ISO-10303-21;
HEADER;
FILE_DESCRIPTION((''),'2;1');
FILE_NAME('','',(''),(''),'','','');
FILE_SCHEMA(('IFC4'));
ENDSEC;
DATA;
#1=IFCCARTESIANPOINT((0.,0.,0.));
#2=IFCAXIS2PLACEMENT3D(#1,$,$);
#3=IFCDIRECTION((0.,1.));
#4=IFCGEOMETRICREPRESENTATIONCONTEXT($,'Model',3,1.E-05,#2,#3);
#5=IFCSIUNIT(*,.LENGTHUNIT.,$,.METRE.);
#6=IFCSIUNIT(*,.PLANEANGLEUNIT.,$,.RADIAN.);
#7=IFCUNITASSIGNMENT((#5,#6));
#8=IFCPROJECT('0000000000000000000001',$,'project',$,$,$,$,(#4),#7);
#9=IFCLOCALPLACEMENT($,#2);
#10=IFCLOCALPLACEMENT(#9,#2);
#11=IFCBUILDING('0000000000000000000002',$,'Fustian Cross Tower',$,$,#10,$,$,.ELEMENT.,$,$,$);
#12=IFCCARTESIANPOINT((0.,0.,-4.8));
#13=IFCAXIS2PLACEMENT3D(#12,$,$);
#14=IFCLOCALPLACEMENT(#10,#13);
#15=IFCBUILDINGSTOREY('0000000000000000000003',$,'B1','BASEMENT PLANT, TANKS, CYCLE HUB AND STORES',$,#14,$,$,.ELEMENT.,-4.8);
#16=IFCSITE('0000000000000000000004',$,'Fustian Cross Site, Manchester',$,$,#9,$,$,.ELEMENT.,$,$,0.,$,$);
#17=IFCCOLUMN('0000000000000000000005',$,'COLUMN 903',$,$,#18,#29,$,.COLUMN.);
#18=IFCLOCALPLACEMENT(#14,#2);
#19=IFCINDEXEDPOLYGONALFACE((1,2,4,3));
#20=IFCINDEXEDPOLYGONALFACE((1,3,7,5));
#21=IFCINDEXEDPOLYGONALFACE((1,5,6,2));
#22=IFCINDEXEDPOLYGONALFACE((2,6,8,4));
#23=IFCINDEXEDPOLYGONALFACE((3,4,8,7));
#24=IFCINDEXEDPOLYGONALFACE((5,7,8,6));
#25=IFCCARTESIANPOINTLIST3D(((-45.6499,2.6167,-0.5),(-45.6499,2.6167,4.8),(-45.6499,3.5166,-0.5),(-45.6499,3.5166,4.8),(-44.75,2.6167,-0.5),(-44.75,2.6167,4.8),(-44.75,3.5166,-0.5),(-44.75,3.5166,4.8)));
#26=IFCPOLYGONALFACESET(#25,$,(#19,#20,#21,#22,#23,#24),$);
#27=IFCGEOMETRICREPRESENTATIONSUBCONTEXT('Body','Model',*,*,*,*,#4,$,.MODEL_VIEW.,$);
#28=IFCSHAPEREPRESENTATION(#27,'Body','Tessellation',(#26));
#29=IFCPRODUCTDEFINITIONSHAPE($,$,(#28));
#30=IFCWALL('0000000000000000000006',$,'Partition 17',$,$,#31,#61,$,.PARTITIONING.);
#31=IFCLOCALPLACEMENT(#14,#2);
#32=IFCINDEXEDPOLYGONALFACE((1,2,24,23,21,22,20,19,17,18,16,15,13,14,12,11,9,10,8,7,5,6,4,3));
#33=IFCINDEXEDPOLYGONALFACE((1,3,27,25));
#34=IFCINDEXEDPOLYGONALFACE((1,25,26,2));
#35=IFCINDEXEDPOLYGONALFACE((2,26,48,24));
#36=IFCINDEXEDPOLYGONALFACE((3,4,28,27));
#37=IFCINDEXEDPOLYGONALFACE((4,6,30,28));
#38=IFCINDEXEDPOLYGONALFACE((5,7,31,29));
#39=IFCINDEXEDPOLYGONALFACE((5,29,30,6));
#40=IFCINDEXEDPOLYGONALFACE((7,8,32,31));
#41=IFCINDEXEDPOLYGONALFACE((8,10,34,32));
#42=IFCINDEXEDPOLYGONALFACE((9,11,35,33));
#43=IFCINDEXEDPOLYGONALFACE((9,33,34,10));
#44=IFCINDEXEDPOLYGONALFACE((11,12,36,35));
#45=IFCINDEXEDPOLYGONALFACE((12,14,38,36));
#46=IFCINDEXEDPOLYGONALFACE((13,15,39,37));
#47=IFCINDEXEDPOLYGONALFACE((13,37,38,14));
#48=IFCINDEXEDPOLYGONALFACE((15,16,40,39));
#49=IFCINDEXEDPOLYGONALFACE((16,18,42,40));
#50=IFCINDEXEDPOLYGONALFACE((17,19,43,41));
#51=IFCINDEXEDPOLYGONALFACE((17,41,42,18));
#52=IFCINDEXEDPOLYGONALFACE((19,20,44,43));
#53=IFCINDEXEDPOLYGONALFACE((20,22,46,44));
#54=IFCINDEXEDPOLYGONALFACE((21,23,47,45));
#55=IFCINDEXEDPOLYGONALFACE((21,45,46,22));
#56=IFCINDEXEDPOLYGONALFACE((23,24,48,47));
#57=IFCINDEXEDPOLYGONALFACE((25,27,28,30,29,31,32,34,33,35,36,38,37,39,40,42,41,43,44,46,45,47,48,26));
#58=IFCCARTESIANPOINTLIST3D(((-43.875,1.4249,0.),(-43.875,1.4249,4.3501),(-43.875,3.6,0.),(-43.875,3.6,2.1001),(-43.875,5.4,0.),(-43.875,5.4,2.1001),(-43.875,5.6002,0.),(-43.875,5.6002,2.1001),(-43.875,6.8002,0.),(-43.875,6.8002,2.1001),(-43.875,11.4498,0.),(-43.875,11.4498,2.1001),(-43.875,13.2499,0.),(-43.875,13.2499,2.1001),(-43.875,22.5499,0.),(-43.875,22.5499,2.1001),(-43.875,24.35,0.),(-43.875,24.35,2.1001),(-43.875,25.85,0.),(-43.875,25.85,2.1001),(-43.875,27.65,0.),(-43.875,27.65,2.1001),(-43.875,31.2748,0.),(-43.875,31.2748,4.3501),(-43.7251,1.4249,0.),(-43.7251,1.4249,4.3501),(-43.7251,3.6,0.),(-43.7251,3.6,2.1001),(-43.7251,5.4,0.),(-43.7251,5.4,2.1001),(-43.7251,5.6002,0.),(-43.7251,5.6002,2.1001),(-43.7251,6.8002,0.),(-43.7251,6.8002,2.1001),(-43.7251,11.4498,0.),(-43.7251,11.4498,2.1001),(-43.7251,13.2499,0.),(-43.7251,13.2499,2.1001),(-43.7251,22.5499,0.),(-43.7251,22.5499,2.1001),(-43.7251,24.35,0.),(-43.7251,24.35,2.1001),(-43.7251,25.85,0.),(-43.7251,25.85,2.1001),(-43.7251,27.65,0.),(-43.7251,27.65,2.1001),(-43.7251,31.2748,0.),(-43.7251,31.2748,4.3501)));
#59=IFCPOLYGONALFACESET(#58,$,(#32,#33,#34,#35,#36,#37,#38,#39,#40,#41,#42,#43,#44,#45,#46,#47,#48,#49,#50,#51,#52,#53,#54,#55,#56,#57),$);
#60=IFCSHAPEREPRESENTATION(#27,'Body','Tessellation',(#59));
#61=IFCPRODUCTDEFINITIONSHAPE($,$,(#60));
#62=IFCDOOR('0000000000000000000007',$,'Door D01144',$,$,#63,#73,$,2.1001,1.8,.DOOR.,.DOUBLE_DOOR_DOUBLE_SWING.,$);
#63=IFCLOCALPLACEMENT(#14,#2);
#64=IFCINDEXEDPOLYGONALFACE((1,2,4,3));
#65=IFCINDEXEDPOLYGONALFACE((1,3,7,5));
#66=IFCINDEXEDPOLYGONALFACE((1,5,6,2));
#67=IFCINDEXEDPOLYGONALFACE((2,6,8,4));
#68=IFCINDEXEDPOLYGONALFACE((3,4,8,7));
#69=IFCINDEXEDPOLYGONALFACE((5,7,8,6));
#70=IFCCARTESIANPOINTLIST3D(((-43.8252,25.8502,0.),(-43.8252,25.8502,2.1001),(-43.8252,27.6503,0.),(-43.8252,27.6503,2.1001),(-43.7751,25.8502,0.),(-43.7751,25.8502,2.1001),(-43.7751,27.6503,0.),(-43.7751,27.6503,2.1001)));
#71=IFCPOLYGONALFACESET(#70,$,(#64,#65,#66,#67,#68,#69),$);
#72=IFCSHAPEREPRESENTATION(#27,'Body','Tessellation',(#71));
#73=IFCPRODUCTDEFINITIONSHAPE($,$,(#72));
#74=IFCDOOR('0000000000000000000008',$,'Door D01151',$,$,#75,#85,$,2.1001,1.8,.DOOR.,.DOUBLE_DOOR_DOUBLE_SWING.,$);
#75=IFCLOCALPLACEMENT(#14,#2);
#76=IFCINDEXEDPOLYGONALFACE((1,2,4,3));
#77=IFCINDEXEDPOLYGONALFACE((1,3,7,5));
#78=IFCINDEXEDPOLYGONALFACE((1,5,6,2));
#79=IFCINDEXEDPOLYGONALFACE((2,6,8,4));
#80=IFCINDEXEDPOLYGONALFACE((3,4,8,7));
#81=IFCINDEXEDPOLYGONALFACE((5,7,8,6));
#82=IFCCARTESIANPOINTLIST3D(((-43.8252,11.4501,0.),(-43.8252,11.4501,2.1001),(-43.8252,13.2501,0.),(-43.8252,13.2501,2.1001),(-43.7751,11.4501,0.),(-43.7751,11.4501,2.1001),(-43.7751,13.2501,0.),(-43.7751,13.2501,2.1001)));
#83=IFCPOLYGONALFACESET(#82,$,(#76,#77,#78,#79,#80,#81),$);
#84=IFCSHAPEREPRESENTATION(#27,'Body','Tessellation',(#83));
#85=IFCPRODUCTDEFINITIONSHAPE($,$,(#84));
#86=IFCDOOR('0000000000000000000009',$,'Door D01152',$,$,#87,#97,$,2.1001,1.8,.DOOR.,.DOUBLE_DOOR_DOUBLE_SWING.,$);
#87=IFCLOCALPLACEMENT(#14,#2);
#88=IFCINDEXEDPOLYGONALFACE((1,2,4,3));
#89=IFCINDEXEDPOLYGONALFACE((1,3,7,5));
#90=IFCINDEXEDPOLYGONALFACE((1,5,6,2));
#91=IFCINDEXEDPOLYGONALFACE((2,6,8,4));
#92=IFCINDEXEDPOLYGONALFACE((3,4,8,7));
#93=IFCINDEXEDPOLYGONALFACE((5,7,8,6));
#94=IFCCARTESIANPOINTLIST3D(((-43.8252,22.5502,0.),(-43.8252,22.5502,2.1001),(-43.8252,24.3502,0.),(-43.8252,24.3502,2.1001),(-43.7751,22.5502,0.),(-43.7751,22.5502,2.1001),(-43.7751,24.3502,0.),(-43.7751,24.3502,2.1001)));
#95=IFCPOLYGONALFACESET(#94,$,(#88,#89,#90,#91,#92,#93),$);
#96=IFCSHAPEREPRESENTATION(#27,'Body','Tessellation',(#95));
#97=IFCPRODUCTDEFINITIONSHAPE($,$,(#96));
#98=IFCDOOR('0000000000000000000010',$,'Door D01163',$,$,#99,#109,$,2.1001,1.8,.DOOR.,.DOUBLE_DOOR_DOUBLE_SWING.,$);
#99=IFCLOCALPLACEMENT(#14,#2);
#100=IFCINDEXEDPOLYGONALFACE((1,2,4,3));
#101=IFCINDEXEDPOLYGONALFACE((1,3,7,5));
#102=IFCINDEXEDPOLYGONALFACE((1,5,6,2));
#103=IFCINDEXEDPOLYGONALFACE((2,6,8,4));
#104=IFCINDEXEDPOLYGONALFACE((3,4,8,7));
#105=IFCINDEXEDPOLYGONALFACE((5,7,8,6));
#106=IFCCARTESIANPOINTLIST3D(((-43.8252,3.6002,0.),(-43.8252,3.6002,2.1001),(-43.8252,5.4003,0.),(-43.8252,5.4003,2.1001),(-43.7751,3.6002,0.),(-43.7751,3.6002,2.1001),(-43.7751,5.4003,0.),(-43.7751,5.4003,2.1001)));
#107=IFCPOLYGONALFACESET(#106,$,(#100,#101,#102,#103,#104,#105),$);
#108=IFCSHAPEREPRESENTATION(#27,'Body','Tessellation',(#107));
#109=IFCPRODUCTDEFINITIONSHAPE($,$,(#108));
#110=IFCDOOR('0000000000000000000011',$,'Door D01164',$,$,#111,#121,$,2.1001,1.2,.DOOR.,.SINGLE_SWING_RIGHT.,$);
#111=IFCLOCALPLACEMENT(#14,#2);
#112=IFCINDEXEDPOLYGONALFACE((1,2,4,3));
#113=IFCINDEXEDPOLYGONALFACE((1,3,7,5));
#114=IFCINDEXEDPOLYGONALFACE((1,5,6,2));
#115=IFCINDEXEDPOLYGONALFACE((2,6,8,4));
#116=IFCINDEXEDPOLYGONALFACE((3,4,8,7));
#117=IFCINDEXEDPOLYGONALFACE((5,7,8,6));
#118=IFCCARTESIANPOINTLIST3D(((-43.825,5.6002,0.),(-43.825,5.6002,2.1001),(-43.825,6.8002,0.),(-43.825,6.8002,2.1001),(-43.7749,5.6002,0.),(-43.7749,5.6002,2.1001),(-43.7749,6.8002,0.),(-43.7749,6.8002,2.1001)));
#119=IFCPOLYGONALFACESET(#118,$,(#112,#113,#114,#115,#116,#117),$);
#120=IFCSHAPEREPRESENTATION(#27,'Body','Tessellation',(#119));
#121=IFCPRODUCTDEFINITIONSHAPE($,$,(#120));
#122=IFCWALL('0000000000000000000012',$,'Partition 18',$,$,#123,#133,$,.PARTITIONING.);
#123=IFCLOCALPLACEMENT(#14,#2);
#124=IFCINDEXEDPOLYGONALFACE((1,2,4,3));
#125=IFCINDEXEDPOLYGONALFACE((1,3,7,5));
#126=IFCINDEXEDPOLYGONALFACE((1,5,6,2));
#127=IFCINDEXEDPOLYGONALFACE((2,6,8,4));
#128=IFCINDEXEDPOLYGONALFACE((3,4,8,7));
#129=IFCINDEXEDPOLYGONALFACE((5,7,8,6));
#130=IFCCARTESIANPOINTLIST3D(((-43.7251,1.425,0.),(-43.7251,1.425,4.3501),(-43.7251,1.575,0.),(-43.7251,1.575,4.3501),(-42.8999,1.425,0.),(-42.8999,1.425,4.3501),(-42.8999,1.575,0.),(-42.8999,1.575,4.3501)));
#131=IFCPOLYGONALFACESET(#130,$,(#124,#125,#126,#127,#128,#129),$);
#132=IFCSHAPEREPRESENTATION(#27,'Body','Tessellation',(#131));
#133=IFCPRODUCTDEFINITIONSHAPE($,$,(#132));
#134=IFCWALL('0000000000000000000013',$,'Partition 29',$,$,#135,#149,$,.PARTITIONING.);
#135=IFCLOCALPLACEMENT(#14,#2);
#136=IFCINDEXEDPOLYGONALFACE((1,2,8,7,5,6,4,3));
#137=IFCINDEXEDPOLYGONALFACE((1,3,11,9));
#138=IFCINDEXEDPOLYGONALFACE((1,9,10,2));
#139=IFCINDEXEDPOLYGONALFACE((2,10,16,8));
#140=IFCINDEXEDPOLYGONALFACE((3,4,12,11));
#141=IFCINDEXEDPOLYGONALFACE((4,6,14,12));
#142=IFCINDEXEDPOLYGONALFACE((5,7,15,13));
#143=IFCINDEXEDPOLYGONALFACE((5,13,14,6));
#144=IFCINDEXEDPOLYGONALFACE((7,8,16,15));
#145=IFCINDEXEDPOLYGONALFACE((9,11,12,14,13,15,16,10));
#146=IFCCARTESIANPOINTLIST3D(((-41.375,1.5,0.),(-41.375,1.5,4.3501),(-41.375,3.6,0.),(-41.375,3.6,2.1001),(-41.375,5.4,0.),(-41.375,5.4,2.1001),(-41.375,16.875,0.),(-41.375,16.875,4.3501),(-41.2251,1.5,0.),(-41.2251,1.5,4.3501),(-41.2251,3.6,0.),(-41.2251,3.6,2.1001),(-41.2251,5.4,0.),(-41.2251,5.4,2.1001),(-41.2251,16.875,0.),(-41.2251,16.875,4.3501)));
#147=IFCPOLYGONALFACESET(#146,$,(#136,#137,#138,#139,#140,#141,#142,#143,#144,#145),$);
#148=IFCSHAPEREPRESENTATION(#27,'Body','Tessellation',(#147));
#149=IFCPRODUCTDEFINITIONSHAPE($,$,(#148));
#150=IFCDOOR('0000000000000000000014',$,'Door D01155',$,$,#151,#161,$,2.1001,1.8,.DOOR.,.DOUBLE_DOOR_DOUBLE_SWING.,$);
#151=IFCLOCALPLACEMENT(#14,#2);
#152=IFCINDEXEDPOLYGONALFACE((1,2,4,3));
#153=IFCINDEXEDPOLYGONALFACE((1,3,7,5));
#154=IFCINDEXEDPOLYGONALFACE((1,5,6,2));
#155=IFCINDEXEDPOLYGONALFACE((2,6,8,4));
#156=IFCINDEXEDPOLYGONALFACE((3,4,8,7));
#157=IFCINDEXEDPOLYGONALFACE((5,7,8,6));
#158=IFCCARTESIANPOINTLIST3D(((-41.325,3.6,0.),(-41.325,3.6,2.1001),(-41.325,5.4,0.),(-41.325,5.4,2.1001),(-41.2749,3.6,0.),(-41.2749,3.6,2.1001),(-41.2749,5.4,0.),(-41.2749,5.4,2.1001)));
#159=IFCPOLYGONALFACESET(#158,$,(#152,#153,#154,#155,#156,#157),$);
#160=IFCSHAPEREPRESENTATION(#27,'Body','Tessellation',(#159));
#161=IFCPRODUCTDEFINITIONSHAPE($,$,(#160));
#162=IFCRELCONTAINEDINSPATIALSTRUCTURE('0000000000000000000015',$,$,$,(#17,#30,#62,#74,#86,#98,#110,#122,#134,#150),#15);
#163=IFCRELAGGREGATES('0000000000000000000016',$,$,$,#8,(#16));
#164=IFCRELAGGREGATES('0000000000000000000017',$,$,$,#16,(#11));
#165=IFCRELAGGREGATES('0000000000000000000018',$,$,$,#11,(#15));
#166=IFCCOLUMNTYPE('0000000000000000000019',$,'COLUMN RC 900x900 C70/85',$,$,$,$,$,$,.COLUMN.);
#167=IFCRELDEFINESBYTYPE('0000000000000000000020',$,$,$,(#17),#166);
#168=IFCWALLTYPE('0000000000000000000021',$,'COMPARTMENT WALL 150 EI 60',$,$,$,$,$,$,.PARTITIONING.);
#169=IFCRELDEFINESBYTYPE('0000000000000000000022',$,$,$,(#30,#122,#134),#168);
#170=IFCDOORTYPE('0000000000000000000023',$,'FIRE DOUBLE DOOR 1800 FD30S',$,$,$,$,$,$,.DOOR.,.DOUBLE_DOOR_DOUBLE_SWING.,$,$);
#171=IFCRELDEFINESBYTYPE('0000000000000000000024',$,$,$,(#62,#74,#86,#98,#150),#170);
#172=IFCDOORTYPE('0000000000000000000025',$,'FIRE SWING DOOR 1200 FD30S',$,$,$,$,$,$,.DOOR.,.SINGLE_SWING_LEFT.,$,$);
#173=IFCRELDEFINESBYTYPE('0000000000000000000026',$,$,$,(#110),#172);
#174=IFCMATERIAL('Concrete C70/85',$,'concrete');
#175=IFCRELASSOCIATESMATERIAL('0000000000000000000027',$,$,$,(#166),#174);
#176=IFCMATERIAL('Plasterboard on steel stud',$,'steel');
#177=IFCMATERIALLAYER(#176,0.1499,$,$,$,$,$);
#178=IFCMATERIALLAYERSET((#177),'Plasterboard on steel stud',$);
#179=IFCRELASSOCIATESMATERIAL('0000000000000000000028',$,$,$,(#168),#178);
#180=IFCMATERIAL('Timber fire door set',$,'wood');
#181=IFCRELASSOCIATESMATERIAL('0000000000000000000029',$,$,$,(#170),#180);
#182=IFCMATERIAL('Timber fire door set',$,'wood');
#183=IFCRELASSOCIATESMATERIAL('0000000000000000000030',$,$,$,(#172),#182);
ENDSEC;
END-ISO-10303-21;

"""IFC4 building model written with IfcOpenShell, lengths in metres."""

from ifc_helpers import new_model, si_unit, direction, frame, frame_2d, origin, origin_2d, place, context, subcontext, project, spatial, rectangle, extrude, material, layer, layer_set, material_profile, profile_set, type_object, element, fill, save


model = new_model("IFC4")

# Units and contexts
model_context = context("Model", 3, precision=1e-05, world=origin(), true_north=direction((0.0, 1.0)))
body_context = subcontext(model_context, "Body", "Model", "MODEL_VIEW")
ifc_project = project(units=[si_unit("LENGTHUNIT", "METRE"), si_unit("PLANEANGLEUNIT", "RADIAN")], contexts=[model_context])

# Site, building, storey
site_placement = place(None, origin())
site = spatial("IfcSite", under=ifc_project, at=site_placement, Name="Fustian Cross Site, Manchester", CompositionType="ELEMENT", RefElevation=0.0)
building_placement = place(site_placement, origin())
building = spatial("IfcBuilding", under=site, at=building_placement, Name="Fustian Cross Tower", CompositionType="ELEMENT")
storey_placement = place(building_placement, frame((0.0, 0.0, -4.8)))
storey = spatial("IfcBuildingStorey", under=building, at=storey_placement, Name="B1", Description="BASEMENT PLANT, TANKS, CYCLE HUB AND STORES", CompositionType="ELEMENT", Elevation=-4.8)

# Column
ifc_material_1 = material(Name="Concrete C70/85", Category="concrete")
ifc_material_profile_1 = material_profile(ifc_material_1, rectangle(XDim=0.8999, YDim=0.8999, at=origin_2d()), Name="RC 900x900")
ifc_profile_set_1 = profile_set([ifc_material_profile_1], Name="Concrete C70/85")
column_type_1 = type_object("IfcColumnType", Name="COLUMN RC 900x900 C70/85", PredefinedType="COLUMN", material=ifc_profile_set_1)
for number, where, z_axis, x_axis, name in (
    (1, (-45.2, 3.0667, -0.5), (0.0, 0.0, 1.0), (1.0, 0.0, 0.0), "COLUMN 903"),
):
    element("IfcColumn", number, at=place(storey_placement, frame(where, z_axis=z_axis, x_axis=x_axis)), inside=storey, type_object=column_type_1, Name=name, PredefinedType="COLUMN", context=body_context, shape_type="SweptSolid", body=[
        extrude(rectangle(XDim=0.8999, YDim=0.8999, at=origin_2d()), origin(), (0.0, 0.0, 1.0), 5.3),
    ])

# Wall, openings, doors
ifc_material_2 = material(Name="Plasterboard on steel stud", Category="steel")
ifc_layer = layer(ifc_material_2, 0.1499)
ifc_layer_set = layer_set([ifc_layer], Name="Plasterboard on steel stud")
wall_type = type_object("IfcWallType", Name="COMPARTMENT WALL 150 EI 60", PredefinedType="PARTITIONING", material=ifc_layer_set)
wall_1_placement = place(storey_placement, frame((-43.8, 1.425, 0.0), z_axis=(0.0, 0.0, 1.0), x_axis=(0.0, 1.0, 0.0)))
wall_1 = element("IfcWall", 2, at=wall_1_placement, inside=storey, type_object=wall_type, Name="Partition 17", PredefinedType="PARTITIONING", context=body_context, shape_type="SweptSolid", body=[
    extrude(rectangle(XDim=29.8499, YDim=0.1499, at=frame_2d((14.9248, 0.0))), origin(), (0.0, 0.0, 1.0), 4.3501),
])
opening_1_placement = place(wall_1_placement, frame((24.425, 0.0, 0.0)))
opening_1 = element("IfcOpeningElement", 3, at=opening_1_placement, cuts=wall_1, PredefinedType="OPENING", context=body_context, shape_type="SweptSolid", body=[
    extrude(rectangle(XDim=1.8, YDim=2.1001, at=frame_2d((0.8999, 1.05))), frame((0.0, 0.085, 0.0), z_axis=(0.0, -1.0, 0.0), x_axis=(1.0, 0.0, 0.0)), (0.0, 0.0, 1.0), 0.1699),
])
opening_2_placement = place(wall_1_placement, frame((10.0249, 0.0, 0.0)))
opening_2 = element("IfcOpeningElement", 4, at=opening_2_placement, cuts=wall_1, PredefinedType="OPENING", context=body_context, shape_type="SweptSolid", body=[
    extrude(rectangle(XDim=1.8, YDim=2.1001, at=frame_2d((0.8999, 1.05))), frame((0.0, 0.085, 0.0), z_axis=(0.0, -1.0, 0.0), x_axis=(1.0, 0.0, 0.0)), (0.0, 0.0, 1.0), 0.1699),
])
opening_3_placement = place(wall_1_placement, frame((21.125, 0.0, 0.0)))
opening_3 = element("IfcOpeningElement", 5, at=opening_3_placement, cuts=wall_1, PredefinedType="OPENING", context=body_context, shape_type="SweptSolid", body=[
    extrude(rectangle(XDim=1.8, YDim=2.1001, at=frame_2d((0.8999, 1.05))), frame((0.0, 0.085, 0.0), z_axis=(0.0, -1.0, 0.0), x_axis=(1.0, 0.0, 0.0)), (0.0, 0.0, 1.0), 0.1699),
])
opening_4_placement = place(wall_1_placement, frame((2.175, 0.0, 0.0)))
opening_4 = element("IfcOpeningElement", 6, at=opening_4_placement, cuts=wall_1, PredefinedType="OPENING", context=body_context, shape_type="SweptSolid", body=[
    extrude(rectangle(XDim=1.8, YDim=2.1001, at=frame_2d((0.8999, 1.05))), frame((0.0, 0.085, 0.0), z_axis=(0.0, -1.0, 0.0), x_axis=(1.0, 0.0, 0.0)), (0.0, 0.0, 1.0), 0.1699),
])
opening_5_placement = place(wall_1_placement, frame((4.175, 0.0, 0.0)))
opening_5 = element("IfcOpeningElement", 7, at=opening_5_placement, cuts=wall_1, PredefinedType="OPENING", context=body_context, shape_type="SweptSolid", body=[
    extrude(rectangle(XDim=1.2, YDim=2.1001, at=frame_2d((0.6001, 1.05))), frame((0.0, 0.085, 0.0), z_axis=(0.0, -1.0, 0.0), x_axis=(1.0, 0.0, 0.0)), (0.0, 0.0, 1.0), 0.1699),
])
ifc_material_3 = material(Name="Timber fire door set", Category="wood")
door_type_1 = type_object("IfcDoorType", Name="FIRE DOUBLE DOOR 1800 FD30S", OperationType="DOUBLE_DOOR_DOUBLE_SWING", PredefinedType="DOOR", material=ifc_material_3)
door_1_placement = place(opening_1_placement, frame((1.8, 0.0, 0.0), z_axis=(0.0, 0.0, 1.0), x_axis=(-1.0, 0.0, 0.0)))
door_1 = element("IfcDoor", 8, at=door_1_placement, inside=storey, type_object=door_type_1, Name="Door D01144", OperationType="DOUBLE_DOOR_DOUBLE_SWING", OverallHeight=2.1001, OverallWidth=1.8, PredefinedType="DOOR", context=body_context, shape_type="SweptSolid", body=[
    extrude(rectangle(XDim=1.8, YDim=2.1001, at=frame_2d((0.8999, 1.05))), frame((0.0, 0.0249, 0.0), z_axis=(0.0, -1.0, 0.0), x_axis=(1.0, 0.0, 0.0)), (0.0, 0.0, 1.0), 0.05),
])
fill(opening_1, door_1)
door_2_placement = place(opening_2_placement, frame((1.8, 0.0, 0.0), z_axis=(0.0, 0.0, 1.0), x_axis=(-1.0, 0.0, 0.0)))
door_2 = element("IfcDoor", 9, at=door_2_placement, inside=storey, type_object=door_type_1, Name="Door D01151", OperationType="DOUBLE_DOOR_DOUBLE_SWING", OverallHeight=2.1001, OverallWidth=1.8, PredefinedType="DOOR", context=body_context, shape_type="SweptSolid", body=[
    extrude(rectangle(XDim=1.8, YDim=2.1001, at=frame_2d((0.8999, 1.05))), frame((0.0, 0.0249, 0.0), z_axis=(0.0, -1.0, 0.0), x_axis=(1.0, 0.0, 0.0)), (0.0, 0.0, 1.0), 0.05),
])
fill(opening_2, door_2)
door_3_placement = place(opening_3_placement, frame((1.8, 0.0, 0.0), z_axis=(0.0, 0.0, 1.0), x_axis=(-1.0, 0.0, 0.0)))
door_3 = element("IfcDoor", 10, at=door_3_placement, inside=storey, type_object=door_type_1, Name="Door D01152", OperationType="DOUBLE_DOOR_DOUBLE_SWING", OverallHeight=2.1001, OverallWidth=1.8, PredefinedType="DOOR", context=body_context, shape_type="SweptSolid", body=[
    extrude(rectangle(XDim=1.8, YDim=2.1001, at=frame_2d((0.8999, 1.05))), frame((0.0, 0.0249, 0.0), z_axis=(0.0, -1.0, 0.0), x_axis=(1.0, 0.0, 0.0)), (0.0, 0.0, 1.0), 0.05),
])
fill(opening_3, door_3)
door_4_placement = place(opening_4_placement, frame((1.8, 0.0, 0.0), z_axis=(0.0, 0.0, 1.0), x_axis=(-1.0, 0.0, 0.0)))
door_4 = element("IfcDoor", 11, at=door_4_placement, inside=storey, type_object=door_type_1, Name="Door D01163", OperationType="DOUBLE_DOOR_DOUBLE_SWING", OverallHeight=2.1001, OverallWidth=1.8, PredefinedType="DOOR", context=body_context, shape_type="SweptSolid", body=[
    extrude(rectangle(XDim=1.8, YDim=2.1001, at=frame_2d((0.8999, 1.05))), frame((0.0, 0.0249, 0.0), z_axis=(0.0, -1.0, 0.0), x_axis=(1.0, 0.0, 0.0)), (0.0, 0.0, 1.0), 0.05),
])
fill(opening_4, door_4)
ifc_material_4 = material(Name="Timber fire door set", Category="wood")
door_type_2 = type_object("IfcDoorType", Name="FIRE SWING DOOR 1200 FD30S", OperationType="SINGLE_SWING_LEFT", PredefinedType="DOOR", material=ifc_material_4)
door_5_placement = place(opening_5_placement, origin())
door_5 = element("IfcDoor", 12, at=door_5_placement, inside=storey, type_object=door_type_2, Name="Door D01164", OperationType="SINGLE_SWING_RIGHT", OverallHeight=2.1001, OverallWidth=1.2, PredefinedType="DOOR", context=body_context, shape_type="SweptSolid", body=[
    extrude(rectangle(XDim=1.2, YDim=2.1001, at=frame_2d((0.6001, 1.05))), frame((0.0, 0.0249, 0.0), z_axis=(0.0, -1.0, 0.0), x_axis=(1.0, 0.0, 0.0)), (0.0, 0.0, 1.0), 0.05),
])
fill(opening_5, door_5)

# Wall
wall_2_placement = place(storey_placement, frame((-43.7251, 1.5, 0.0), z_axis=(0.0, 0.0, 1.0), x_axis=(1.0, 0.0, 0.0)))
element("IfcWall", 13, at=wall_2_placement, inside=storey, type_object=wall_type, Name="Partition 18", PredefinedType="PARTITIONING", context=body_context, shape_type="SweptSolid", body=[
    extrude(rectangle(XDim=0.8252, YDim=0.1499, at=frame_2d((0.4126, 0.0))), origin(), (0.0, 0.0, 1.0), 4.3501),
])

# Wall, opening, door
wall_3_placement = place(storey_placement, frame((-41.3, 1.5, 0.0), z_axis=(0.0, 0.0, 1.0), x_axis=(0.0, 1.0, 0.0)))
wall_3 = element("IfcWall", 14, at=wall_3_placement, inside=storey, type_object=wall_type, Name="Partition 29", PredefinedType="PARTITIONING", context=body_context, shape_type="SweptSolid", body=[
    extrude(rectangle(XDim=15.375, YDim=0.1499, at=frame_2d((7.6875, 0.0))), origin(), (0.0, 0.0, 1.0), 4.3501),
])
opening_6_placement = place(wall_3_placement, frame((2.1001, 0.0, 0.0)))
opening_6 = element("IfcOpeningElement", 15, at=opening_6_placement, cuts=wall_3, PredefinedType="OPENING", context=body_context, shape_type="SweptSolid", body=[
    extrude(rectangle(XDim=1.8, YDim=2.1001, at=frame_2d((0.8999, 1.05))), frame((0.0, 0.085, 0.0), z_axis=(0.0, -1.0, 0.0), x_axis=(1.0, 0.0, 0.0)), (0.0, 0.0, 1.0), 0.1699),
])
door_6_placement = place(opening_6_placement, origin())
door_6 = element("IfcDoor", 16, at=door_6_placement, inside=storey, type_object=door_type_1, Name="Door D01155", OperationType="DOUBLE_DOOR_DOUBLE_SWING", OverallHeight=2.1001, OverallWidth=1.8, PredefinedType="DOOR", context=body_context, shape_type="SweptSolid", body=[
    extrude(rectangle(XDim=1.8, YDim=2.1001, at=frame_2d((0.8999, 1.05))), frame((0.0, 0.0249, 0.0), z_axis=(0.0, -1.0, 0.0), x_axis=(1.0, 0.0, 0.0)), (0.0, 0.0, 1.0), 0.05),
])
fill(opening_6, door_6)

save(model, "model.ifc")
